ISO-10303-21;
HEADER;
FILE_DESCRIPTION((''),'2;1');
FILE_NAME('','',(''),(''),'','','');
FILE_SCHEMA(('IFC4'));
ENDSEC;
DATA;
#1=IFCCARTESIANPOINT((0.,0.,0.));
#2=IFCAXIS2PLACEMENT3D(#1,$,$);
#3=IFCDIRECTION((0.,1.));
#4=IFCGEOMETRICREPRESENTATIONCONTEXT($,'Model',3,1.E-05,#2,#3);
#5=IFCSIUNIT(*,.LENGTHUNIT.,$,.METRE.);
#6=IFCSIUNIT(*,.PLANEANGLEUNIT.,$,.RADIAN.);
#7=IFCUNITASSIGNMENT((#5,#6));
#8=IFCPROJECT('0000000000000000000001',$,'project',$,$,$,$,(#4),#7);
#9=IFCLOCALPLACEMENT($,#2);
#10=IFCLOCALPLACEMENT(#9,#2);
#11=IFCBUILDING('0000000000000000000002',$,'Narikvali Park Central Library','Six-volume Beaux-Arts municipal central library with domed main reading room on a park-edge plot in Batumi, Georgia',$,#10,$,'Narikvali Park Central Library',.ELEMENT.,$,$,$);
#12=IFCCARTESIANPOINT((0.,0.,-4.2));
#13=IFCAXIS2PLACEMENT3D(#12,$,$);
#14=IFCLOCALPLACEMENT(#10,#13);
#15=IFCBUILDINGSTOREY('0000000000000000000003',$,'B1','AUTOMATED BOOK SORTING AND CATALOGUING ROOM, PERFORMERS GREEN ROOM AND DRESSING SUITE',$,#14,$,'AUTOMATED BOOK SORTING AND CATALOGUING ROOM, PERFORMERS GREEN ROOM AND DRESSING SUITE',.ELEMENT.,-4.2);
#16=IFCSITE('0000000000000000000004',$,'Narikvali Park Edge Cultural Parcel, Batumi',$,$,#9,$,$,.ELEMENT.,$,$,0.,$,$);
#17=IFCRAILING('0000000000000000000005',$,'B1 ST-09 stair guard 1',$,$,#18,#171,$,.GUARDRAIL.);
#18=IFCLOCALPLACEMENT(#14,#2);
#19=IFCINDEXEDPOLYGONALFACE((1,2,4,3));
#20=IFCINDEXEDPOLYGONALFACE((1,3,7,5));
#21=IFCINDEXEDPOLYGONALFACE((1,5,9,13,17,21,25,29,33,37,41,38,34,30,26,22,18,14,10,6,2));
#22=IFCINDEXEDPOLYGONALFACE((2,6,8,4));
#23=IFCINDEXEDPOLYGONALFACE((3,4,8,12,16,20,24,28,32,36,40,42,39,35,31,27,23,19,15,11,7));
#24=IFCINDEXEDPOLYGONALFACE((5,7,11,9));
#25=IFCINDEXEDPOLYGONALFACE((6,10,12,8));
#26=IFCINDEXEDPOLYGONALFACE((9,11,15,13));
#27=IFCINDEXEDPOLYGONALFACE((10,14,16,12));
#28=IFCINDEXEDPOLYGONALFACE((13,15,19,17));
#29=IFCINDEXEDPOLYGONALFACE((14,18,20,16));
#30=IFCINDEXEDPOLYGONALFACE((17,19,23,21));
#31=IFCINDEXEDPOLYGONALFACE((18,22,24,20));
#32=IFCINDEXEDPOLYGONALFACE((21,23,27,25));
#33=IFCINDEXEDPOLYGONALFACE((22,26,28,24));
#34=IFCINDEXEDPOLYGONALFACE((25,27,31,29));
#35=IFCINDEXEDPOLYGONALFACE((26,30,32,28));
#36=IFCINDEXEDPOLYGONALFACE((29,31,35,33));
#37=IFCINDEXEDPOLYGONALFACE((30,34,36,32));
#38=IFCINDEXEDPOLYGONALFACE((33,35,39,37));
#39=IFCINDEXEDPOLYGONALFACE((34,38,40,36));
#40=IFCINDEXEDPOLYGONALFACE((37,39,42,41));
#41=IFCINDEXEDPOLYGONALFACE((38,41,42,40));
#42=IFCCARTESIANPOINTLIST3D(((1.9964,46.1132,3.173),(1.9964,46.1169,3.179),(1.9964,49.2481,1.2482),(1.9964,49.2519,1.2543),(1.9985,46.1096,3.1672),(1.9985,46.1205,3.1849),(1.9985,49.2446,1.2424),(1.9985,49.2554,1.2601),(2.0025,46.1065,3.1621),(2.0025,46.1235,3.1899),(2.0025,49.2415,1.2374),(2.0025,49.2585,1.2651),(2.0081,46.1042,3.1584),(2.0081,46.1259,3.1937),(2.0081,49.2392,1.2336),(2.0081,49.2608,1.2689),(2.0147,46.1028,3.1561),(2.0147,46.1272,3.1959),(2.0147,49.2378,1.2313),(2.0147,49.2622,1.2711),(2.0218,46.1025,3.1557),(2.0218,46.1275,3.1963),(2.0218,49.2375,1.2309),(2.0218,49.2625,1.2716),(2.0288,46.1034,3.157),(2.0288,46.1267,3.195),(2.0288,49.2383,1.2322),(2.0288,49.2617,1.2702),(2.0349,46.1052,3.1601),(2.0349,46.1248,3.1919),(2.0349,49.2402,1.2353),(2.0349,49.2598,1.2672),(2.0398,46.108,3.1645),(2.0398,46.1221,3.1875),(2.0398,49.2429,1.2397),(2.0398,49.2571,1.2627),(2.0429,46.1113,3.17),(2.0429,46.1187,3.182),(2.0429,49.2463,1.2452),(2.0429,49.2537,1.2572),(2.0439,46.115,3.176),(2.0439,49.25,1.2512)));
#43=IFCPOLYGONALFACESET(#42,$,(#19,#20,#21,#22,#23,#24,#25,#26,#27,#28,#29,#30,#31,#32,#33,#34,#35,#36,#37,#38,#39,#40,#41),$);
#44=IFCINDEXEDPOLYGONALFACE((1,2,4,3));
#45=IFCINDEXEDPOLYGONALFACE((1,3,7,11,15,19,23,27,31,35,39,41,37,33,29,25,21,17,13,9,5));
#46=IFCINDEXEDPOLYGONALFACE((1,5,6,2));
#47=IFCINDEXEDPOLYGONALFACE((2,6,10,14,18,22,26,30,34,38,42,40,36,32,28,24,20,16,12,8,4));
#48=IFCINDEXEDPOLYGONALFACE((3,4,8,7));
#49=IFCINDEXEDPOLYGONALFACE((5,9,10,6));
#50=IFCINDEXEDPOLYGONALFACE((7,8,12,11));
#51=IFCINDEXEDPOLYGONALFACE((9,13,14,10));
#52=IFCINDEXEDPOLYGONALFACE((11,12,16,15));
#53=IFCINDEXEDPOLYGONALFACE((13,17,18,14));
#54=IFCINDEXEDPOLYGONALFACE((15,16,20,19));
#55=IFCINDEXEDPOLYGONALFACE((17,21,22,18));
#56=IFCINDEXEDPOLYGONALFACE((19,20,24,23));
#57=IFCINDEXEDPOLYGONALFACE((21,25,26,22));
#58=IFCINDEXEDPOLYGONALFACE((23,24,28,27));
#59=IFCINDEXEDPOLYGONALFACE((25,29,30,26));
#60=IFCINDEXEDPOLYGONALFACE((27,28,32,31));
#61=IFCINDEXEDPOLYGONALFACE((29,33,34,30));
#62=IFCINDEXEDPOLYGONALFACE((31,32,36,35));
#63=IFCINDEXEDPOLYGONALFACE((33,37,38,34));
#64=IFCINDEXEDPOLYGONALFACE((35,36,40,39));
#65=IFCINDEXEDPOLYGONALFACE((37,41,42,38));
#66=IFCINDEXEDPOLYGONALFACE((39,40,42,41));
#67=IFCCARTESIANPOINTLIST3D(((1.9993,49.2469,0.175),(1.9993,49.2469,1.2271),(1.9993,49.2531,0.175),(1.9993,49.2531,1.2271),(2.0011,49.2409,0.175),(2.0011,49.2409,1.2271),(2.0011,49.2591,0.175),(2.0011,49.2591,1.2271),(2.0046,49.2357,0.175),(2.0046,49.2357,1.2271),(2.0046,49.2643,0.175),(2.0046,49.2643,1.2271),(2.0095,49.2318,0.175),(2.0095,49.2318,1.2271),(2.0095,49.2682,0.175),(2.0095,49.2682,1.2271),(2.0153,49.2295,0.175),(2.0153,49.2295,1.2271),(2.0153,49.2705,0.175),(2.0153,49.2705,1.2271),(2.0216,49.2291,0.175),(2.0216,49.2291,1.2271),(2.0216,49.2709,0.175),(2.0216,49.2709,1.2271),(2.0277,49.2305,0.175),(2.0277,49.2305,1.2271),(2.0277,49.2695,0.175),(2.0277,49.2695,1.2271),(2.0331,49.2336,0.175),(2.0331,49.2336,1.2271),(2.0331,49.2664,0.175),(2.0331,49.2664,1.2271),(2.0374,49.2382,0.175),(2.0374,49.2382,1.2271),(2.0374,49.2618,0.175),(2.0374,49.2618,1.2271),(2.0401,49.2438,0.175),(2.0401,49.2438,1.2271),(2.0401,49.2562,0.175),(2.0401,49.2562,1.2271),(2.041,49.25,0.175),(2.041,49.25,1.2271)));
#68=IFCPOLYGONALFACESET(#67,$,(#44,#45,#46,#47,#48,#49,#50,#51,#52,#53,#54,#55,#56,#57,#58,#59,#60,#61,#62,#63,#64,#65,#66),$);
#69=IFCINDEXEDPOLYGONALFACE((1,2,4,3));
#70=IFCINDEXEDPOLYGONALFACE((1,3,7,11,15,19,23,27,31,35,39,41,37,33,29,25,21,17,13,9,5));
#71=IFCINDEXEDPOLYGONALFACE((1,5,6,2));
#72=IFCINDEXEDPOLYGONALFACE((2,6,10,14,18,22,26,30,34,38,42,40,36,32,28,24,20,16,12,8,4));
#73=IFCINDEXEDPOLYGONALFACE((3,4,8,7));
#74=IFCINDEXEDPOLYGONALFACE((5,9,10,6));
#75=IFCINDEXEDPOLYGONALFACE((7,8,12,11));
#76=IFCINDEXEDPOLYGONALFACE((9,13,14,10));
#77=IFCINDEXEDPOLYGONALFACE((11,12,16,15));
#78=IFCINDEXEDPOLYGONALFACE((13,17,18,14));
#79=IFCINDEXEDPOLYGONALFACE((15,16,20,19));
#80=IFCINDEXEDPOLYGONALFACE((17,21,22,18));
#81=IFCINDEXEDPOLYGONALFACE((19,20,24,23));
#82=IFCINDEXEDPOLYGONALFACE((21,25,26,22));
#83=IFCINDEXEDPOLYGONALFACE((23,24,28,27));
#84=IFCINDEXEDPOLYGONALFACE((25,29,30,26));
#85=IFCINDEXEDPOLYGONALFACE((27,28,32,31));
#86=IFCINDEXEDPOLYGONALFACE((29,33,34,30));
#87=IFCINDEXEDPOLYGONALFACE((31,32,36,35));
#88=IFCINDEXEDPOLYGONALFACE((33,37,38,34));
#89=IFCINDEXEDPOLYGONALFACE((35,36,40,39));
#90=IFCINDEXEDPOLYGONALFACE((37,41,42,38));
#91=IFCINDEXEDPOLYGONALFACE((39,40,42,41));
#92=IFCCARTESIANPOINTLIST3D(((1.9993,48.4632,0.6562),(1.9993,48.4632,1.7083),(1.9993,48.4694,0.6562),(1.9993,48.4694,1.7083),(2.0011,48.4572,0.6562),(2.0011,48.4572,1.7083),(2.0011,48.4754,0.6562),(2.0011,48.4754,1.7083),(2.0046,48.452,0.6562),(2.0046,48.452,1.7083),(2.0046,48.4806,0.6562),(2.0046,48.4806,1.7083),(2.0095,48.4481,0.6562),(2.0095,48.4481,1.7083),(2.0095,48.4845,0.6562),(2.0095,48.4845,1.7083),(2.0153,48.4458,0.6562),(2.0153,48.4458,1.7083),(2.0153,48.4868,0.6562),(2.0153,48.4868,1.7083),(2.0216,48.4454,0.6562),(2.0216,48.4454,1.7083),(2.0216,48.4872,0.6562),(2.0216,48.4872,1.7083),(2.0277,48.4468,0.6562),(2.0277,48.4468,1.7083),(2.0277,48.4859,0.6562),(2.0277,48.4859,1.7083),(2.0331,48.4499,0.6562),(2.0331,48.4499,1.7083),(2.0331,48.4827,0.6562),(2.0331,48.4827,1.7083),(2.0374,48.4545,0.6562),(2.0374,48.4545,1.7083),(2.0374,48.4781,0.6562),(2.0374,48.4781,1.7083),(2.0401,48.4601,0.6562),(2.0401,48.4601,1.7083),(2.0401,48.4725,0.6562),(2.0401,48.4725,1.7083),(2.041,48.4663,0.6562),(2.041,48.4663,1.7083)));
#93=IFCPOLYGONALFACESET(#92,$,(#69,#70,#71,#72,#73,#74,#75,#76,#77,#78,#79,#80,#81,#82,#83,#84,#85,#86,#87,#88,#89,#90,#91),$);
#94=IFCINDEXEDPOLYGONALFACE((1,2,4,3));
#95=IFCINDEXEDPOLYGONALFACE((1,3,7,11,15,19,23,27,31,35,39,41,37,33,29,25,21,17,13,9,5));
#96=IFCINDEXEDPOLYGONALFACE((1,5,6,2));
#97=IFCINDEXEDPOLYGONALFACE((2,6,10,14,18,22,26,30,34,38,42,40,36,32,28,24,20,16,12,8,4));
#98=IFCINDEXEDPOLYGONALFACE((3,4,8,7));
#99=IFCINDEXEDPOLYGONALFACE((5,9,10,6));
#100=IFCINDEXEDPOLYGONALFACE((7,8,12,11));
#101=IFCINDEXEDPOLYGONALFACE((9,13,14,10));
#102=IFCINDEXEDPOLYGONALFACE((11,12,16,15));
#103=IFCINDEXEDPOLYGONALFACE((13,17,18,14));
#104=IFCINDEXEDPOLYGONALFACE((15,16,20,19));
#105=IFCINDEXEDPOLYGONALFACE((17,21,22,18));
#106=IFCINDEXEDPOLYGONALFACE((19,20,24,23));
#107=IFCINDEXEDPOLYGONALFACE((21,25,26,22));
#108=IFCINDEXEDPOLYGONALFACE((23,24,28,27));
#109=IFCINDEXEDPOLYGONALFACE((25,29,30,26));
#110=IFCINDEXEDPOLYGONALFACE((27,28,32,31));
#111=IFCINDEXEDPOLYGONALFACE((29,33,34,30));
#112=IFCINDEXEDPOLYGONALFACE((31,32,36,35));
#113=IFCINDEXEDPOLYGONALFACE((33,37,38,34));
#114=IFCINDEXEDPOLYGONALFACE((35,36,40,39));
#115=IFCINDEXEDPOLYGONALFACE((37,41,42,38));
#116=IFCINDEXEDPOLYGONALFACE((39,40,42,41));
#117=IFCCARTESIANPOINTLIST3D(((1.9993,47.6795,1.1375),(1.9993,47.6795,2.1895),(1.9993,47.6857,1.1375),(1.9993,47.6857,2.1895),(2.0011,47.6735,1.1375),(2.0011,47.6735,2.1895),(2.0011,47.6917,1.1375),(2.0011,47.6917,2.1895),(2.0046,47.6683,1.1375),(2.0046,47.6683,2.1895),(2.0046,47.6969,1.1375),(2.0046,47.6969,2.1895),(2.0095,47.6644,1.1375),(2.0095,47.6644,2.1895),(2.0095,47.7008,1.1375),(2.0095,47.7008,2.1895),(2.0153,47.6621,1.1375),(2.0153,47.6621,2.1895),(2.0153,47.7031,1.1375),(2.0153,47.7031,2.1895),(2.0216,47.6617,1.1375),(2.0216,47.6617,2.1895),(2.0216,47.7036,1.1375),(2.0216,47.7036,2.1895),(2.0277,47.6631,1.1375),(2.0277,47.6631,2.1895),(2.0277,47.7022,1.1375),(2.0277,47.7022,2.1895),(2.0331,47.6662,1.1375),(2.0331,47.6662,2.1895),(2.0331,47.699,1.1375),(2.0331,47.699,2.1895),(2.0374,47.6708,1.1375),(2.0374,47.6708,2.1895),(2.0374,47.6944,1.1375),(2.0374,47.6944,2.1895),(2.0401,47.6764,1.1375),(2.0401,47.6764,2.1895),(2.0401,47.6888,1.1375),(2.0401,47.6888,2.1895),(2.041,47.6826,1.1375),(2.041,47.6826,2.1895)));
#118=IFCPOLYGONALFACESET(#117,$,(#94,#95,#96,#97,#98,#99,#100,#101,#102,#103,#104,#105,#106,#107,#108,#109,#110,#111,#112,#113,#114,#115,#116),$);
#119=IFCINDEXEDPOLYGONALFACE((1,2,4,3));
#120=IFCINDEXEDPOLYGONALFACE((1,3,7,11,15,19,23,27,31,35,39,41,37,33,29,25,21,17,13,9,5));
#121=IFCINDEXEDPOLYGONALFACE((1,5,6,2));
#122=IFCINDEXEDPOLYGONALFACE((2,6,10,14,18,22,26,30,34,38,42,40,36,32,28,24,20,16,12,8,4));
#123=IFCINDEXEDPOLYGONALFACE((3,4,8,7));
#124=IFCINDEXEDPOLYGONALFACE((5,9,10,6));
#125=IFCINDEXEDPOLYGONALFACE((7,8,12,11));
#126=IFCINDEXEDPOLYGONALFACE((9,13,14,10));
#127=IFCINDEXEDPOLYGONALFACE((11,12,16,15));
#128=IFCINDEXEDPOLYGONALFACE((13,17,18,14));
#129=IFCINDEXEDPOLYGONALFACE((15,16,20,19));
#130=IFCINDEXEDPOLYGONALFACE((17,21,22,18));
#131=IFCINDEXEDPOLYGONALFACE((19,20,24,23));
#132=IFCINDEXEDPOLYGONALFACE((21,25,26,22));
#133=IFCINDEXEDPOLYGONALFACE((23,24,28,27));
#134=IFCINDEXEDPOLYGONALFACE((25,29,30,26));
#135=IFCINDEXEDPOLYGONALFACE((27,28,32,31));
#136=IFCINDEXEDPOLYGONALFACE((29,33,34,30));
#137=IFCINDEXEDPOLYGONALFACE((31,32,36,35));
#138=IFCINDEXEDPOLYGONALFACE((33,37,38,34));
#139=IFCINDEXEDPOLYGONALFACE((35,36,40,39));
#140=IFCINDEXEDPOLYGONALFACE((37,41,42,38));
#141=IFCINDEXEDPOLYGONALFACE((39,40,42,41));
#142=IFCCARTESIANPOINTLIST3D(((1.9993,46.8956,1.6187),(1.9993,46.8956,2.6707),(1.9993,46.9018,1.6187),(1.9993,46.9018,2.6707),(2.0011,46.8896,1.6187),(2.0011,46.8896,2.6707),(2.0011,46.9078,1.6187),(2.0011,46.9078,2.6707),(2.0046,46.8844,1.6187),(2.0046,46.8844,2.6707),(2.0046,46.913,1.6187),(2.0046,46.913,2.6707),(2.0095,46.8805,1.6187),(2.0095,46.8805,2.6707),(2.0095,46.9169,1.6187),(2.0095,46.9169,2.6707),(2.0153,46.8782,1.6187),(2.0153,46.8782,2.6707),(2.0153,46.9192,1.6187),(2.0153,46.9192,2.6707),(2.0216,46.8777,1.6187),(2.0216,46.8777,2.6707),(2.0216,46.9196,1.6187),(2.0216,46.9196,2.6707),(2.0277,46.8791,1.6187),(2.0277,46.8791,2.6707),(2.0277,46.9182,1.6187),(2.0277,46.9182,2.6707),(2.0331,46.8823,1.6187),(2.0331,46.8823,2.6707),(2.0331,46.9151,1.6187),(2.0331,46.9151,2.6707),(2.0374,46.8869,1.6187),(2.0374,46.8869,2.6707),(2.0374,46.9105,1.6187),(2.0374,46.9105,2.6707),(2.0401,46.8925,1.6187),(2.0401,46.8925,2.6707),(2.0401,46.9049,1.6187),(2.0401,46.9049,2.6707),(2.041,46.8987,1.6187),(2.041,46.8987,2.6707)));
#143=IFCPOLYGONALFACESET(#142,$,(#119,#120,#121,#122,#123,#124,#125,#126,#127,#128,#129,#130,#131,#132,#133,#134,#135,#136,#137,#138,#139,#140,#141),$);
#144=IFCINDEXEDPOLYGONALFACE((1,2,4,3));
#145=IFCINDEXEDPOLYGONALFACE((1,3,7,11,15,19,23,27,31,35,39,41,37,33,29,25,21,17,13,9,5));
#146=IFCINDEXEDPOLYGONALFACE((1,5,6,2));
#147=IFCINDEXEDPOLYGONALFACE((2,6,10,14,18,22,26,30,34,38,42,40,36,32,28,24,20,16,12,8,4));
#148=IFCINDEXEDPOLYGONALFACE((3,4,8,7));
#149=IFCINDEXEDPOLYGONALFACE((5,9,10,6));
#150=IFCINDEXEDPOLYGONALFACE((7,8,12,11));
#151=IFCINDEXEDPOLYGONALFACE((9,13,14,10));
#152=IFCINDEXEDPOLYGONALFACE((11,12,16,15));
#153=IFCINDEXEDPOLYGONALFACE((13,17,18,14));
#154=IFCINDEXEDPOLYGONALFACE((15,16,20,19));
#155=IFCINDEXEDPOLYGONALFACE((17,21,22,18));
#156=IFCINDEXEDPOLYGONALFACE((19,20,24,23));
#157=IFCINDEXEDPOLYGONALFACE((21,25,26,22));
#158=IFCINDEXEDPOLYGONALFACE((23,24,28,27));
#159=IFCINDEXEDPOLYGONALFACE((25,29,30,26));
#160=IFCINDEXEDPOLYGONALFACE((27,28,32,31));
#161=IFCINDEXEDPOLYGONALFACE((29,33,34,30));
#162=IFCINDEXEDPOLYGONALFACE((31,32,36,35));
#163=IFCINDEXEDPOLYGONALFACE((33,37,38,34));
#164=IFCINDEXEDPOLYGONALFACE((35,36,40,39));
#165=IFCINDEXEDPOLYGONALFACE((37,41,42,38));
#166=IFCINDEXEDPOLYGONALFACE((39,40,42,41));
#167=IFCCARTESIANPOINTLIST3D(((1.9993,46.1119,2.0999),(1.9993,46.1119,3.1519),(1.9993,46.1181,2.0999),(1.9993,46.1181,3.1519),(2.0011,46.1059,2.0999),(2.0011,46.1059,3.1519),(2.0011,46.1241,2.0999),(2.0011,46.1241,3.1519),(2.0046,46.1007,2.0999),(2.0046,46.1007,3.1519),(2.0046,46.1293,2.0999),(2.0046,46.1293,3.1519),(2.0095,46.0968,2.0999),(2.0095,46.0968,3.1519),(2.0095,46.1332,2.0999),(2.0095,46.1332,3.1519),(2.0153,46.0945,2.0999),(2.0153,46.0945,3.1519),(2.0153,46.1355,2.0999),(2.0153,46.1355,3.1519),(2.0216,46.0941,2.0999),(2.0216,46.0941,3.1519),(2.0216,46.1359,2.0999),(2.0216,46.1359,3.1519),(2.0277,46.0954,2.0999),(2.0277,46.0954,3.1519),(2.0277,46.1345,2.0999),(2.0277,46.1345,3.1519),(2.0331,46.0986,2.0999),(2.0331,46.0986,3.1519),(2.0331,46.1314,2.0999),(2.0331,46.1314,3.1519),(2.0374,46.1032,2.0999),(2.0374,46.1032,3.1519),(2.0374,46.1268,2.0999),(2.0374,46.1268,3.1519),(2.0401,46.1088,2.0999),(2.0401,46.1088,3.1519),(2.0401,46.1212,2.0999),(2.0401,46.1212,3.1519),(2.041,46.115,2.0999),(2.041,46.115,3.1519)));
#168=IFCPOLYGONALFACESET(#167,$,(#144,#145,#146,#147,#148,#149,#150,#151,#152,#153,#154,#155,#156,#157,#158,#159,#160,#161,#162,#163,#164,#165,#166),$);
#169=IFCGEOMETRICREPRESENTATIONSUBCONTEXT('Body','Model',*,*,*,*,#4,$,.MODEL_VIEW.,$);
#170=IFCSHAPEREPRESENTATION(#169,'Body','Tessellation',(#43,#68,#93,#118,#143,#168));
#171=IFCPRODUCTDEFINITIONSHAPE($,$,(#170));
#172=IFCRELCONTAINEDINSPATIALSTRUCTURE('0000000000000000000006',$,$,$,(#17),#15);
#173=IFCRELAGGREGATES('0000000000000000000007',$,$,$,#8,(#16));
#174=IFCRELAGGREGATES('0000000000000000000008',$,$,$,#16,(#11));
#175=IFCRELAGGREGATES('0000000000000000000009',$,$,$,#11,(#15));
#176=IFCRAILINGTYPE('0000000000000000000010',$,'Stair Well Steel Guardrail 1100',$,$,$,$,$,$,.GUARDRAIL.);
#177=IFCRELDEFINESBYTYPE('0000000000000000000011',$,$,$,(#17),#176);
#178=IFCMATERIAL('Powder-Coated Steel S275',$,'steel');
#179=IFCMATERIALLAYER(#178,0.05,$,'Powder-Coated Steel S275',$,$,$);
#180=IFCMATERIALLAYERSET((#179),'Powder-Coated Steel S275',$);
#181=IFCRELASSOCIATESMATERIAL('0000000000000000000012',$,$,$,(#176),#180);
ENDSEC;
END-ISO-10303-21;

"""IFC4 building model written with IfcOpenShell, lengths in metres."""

from ifc_helpers import new_model, si_unit, direction, frame, origin, origin_2d, place, context, subcontext, project, spatial, circle, extrude, material, layer, layer_set, type_object, element, save


model = new_model("IFC4")

# Units and contexts
model_context = context("Model", 3, precision=1e-05, world=origin(), true_north=direction((0.0, 1.0)))
body_context = subcontext(model_context, "Body", "Model", "MODEL_VIEW")
ifc_project = project(units=[si_unit("LENGTHUNIT", "METRE"), si_unit("PLANEANGLEUNIT", "RADIAN")], contexts=[model_context])

# Site, building, storey
site_placement = place(None, origin())
site = spatial("IfcSite", under=ifc_project, at=site_placement, Name="Narikvali Park Edge Cultural Parcel, Batumi", CompositionType="ELEMENT", RefElevation=0.0)
building_placement = place(site_placement, origin())
building = spatial("IfcBuilding", under=site, at=building_placement, Name="Narikvali Park Central Library", Description="Six-volume Beaux-Arts municipal central library with domed main reading room on a park-edge plot in Batumi, Georgia", LongName="Narikvali Park Central Library", CompositionType="ELEMENT")
storey_placement = place(building_placement, frame((0.0, 0.0, -4.2)))
storey = spatial("IfcBuildingStorey", under=building, at=storey_placement, Name="B1", Description="AUTOMATED BOOK SORTING AND CATALOGUING ROOM, PERFORMERS GREEN ROOM AND DRESSING SUITE", LongName="AUTOMATED BOOK SORTING AND CATALOGUING ROOM, PERFORMERS GREEN ROOM AND DRESSING SUITE", CompositionType="ELEMENT", Elevation=-4.2)

# Railing
ifc_material_1 = material(Name="Powder-Coated Steel S275", Category="steel")
ifc_layer_1 = layer(ifc_material_1, 0.05, Name="Powder-Coated Steel S275")
ifc_layer_set_1 = layer_set([ifc_layer_1], Name="Powder-Coated Steel S275")
railing_type_1 = type_object("IfcRailingType", Name="Stair Well Steel Guardrail 1100", PredefinedType="GUARDRAIL", material=ifc_layer_set_1)
railing_1_placement = place(storey_placement, frame((2.02, 49.25, 0.175)))
element("IfcRailing", 1, at=railing_1_placement, inside=storey, type_object=railing_type_1, Name="B1 ST-09 stair guard 1", PredefinedType="GUARDRAIL", context=body_context, shape_type="SweptSolid", body=[
    extrude(circle(Radius=0.0239, at=origin_2d()), frame((0.0, 0.0, 1.0762), z_axis=(0.0, -0.852196, 0.523223), x_axis=(1.0, 0.0, 0.0)), (0.0, 0.0, 1.0), 3.6787),
    extrude(circle(Radius=0.021, at=origin_2d()), origin(), (0.0, 0.0, 1.0), 1.052),
    extrude(circle(Radius=0.021, at=origin_2d()), frame((0.0, -0.7837, 0.4812)), (0.0, 0.0, 1.0), 1.052),
    extrude(circle(Radius=0.021, at=origin_2d()), frame((0.0, -1.5674, 0.9624)), (0.0, 0.0, 1.0), 1.052),
    extrude(circle(Radius=0.021, at=origin_2d()), frame((0.0, -2.3513, 1.4436)), (0.0, 0.0, 1.0), 1.052),
    extrude(circle(Radius=0.021, at=origin_2d()), frame((0.0, -3.135, 1.9248)), (0.0, 0.0, 1.0), 1.052),
])

save(model, "model.ifc")
